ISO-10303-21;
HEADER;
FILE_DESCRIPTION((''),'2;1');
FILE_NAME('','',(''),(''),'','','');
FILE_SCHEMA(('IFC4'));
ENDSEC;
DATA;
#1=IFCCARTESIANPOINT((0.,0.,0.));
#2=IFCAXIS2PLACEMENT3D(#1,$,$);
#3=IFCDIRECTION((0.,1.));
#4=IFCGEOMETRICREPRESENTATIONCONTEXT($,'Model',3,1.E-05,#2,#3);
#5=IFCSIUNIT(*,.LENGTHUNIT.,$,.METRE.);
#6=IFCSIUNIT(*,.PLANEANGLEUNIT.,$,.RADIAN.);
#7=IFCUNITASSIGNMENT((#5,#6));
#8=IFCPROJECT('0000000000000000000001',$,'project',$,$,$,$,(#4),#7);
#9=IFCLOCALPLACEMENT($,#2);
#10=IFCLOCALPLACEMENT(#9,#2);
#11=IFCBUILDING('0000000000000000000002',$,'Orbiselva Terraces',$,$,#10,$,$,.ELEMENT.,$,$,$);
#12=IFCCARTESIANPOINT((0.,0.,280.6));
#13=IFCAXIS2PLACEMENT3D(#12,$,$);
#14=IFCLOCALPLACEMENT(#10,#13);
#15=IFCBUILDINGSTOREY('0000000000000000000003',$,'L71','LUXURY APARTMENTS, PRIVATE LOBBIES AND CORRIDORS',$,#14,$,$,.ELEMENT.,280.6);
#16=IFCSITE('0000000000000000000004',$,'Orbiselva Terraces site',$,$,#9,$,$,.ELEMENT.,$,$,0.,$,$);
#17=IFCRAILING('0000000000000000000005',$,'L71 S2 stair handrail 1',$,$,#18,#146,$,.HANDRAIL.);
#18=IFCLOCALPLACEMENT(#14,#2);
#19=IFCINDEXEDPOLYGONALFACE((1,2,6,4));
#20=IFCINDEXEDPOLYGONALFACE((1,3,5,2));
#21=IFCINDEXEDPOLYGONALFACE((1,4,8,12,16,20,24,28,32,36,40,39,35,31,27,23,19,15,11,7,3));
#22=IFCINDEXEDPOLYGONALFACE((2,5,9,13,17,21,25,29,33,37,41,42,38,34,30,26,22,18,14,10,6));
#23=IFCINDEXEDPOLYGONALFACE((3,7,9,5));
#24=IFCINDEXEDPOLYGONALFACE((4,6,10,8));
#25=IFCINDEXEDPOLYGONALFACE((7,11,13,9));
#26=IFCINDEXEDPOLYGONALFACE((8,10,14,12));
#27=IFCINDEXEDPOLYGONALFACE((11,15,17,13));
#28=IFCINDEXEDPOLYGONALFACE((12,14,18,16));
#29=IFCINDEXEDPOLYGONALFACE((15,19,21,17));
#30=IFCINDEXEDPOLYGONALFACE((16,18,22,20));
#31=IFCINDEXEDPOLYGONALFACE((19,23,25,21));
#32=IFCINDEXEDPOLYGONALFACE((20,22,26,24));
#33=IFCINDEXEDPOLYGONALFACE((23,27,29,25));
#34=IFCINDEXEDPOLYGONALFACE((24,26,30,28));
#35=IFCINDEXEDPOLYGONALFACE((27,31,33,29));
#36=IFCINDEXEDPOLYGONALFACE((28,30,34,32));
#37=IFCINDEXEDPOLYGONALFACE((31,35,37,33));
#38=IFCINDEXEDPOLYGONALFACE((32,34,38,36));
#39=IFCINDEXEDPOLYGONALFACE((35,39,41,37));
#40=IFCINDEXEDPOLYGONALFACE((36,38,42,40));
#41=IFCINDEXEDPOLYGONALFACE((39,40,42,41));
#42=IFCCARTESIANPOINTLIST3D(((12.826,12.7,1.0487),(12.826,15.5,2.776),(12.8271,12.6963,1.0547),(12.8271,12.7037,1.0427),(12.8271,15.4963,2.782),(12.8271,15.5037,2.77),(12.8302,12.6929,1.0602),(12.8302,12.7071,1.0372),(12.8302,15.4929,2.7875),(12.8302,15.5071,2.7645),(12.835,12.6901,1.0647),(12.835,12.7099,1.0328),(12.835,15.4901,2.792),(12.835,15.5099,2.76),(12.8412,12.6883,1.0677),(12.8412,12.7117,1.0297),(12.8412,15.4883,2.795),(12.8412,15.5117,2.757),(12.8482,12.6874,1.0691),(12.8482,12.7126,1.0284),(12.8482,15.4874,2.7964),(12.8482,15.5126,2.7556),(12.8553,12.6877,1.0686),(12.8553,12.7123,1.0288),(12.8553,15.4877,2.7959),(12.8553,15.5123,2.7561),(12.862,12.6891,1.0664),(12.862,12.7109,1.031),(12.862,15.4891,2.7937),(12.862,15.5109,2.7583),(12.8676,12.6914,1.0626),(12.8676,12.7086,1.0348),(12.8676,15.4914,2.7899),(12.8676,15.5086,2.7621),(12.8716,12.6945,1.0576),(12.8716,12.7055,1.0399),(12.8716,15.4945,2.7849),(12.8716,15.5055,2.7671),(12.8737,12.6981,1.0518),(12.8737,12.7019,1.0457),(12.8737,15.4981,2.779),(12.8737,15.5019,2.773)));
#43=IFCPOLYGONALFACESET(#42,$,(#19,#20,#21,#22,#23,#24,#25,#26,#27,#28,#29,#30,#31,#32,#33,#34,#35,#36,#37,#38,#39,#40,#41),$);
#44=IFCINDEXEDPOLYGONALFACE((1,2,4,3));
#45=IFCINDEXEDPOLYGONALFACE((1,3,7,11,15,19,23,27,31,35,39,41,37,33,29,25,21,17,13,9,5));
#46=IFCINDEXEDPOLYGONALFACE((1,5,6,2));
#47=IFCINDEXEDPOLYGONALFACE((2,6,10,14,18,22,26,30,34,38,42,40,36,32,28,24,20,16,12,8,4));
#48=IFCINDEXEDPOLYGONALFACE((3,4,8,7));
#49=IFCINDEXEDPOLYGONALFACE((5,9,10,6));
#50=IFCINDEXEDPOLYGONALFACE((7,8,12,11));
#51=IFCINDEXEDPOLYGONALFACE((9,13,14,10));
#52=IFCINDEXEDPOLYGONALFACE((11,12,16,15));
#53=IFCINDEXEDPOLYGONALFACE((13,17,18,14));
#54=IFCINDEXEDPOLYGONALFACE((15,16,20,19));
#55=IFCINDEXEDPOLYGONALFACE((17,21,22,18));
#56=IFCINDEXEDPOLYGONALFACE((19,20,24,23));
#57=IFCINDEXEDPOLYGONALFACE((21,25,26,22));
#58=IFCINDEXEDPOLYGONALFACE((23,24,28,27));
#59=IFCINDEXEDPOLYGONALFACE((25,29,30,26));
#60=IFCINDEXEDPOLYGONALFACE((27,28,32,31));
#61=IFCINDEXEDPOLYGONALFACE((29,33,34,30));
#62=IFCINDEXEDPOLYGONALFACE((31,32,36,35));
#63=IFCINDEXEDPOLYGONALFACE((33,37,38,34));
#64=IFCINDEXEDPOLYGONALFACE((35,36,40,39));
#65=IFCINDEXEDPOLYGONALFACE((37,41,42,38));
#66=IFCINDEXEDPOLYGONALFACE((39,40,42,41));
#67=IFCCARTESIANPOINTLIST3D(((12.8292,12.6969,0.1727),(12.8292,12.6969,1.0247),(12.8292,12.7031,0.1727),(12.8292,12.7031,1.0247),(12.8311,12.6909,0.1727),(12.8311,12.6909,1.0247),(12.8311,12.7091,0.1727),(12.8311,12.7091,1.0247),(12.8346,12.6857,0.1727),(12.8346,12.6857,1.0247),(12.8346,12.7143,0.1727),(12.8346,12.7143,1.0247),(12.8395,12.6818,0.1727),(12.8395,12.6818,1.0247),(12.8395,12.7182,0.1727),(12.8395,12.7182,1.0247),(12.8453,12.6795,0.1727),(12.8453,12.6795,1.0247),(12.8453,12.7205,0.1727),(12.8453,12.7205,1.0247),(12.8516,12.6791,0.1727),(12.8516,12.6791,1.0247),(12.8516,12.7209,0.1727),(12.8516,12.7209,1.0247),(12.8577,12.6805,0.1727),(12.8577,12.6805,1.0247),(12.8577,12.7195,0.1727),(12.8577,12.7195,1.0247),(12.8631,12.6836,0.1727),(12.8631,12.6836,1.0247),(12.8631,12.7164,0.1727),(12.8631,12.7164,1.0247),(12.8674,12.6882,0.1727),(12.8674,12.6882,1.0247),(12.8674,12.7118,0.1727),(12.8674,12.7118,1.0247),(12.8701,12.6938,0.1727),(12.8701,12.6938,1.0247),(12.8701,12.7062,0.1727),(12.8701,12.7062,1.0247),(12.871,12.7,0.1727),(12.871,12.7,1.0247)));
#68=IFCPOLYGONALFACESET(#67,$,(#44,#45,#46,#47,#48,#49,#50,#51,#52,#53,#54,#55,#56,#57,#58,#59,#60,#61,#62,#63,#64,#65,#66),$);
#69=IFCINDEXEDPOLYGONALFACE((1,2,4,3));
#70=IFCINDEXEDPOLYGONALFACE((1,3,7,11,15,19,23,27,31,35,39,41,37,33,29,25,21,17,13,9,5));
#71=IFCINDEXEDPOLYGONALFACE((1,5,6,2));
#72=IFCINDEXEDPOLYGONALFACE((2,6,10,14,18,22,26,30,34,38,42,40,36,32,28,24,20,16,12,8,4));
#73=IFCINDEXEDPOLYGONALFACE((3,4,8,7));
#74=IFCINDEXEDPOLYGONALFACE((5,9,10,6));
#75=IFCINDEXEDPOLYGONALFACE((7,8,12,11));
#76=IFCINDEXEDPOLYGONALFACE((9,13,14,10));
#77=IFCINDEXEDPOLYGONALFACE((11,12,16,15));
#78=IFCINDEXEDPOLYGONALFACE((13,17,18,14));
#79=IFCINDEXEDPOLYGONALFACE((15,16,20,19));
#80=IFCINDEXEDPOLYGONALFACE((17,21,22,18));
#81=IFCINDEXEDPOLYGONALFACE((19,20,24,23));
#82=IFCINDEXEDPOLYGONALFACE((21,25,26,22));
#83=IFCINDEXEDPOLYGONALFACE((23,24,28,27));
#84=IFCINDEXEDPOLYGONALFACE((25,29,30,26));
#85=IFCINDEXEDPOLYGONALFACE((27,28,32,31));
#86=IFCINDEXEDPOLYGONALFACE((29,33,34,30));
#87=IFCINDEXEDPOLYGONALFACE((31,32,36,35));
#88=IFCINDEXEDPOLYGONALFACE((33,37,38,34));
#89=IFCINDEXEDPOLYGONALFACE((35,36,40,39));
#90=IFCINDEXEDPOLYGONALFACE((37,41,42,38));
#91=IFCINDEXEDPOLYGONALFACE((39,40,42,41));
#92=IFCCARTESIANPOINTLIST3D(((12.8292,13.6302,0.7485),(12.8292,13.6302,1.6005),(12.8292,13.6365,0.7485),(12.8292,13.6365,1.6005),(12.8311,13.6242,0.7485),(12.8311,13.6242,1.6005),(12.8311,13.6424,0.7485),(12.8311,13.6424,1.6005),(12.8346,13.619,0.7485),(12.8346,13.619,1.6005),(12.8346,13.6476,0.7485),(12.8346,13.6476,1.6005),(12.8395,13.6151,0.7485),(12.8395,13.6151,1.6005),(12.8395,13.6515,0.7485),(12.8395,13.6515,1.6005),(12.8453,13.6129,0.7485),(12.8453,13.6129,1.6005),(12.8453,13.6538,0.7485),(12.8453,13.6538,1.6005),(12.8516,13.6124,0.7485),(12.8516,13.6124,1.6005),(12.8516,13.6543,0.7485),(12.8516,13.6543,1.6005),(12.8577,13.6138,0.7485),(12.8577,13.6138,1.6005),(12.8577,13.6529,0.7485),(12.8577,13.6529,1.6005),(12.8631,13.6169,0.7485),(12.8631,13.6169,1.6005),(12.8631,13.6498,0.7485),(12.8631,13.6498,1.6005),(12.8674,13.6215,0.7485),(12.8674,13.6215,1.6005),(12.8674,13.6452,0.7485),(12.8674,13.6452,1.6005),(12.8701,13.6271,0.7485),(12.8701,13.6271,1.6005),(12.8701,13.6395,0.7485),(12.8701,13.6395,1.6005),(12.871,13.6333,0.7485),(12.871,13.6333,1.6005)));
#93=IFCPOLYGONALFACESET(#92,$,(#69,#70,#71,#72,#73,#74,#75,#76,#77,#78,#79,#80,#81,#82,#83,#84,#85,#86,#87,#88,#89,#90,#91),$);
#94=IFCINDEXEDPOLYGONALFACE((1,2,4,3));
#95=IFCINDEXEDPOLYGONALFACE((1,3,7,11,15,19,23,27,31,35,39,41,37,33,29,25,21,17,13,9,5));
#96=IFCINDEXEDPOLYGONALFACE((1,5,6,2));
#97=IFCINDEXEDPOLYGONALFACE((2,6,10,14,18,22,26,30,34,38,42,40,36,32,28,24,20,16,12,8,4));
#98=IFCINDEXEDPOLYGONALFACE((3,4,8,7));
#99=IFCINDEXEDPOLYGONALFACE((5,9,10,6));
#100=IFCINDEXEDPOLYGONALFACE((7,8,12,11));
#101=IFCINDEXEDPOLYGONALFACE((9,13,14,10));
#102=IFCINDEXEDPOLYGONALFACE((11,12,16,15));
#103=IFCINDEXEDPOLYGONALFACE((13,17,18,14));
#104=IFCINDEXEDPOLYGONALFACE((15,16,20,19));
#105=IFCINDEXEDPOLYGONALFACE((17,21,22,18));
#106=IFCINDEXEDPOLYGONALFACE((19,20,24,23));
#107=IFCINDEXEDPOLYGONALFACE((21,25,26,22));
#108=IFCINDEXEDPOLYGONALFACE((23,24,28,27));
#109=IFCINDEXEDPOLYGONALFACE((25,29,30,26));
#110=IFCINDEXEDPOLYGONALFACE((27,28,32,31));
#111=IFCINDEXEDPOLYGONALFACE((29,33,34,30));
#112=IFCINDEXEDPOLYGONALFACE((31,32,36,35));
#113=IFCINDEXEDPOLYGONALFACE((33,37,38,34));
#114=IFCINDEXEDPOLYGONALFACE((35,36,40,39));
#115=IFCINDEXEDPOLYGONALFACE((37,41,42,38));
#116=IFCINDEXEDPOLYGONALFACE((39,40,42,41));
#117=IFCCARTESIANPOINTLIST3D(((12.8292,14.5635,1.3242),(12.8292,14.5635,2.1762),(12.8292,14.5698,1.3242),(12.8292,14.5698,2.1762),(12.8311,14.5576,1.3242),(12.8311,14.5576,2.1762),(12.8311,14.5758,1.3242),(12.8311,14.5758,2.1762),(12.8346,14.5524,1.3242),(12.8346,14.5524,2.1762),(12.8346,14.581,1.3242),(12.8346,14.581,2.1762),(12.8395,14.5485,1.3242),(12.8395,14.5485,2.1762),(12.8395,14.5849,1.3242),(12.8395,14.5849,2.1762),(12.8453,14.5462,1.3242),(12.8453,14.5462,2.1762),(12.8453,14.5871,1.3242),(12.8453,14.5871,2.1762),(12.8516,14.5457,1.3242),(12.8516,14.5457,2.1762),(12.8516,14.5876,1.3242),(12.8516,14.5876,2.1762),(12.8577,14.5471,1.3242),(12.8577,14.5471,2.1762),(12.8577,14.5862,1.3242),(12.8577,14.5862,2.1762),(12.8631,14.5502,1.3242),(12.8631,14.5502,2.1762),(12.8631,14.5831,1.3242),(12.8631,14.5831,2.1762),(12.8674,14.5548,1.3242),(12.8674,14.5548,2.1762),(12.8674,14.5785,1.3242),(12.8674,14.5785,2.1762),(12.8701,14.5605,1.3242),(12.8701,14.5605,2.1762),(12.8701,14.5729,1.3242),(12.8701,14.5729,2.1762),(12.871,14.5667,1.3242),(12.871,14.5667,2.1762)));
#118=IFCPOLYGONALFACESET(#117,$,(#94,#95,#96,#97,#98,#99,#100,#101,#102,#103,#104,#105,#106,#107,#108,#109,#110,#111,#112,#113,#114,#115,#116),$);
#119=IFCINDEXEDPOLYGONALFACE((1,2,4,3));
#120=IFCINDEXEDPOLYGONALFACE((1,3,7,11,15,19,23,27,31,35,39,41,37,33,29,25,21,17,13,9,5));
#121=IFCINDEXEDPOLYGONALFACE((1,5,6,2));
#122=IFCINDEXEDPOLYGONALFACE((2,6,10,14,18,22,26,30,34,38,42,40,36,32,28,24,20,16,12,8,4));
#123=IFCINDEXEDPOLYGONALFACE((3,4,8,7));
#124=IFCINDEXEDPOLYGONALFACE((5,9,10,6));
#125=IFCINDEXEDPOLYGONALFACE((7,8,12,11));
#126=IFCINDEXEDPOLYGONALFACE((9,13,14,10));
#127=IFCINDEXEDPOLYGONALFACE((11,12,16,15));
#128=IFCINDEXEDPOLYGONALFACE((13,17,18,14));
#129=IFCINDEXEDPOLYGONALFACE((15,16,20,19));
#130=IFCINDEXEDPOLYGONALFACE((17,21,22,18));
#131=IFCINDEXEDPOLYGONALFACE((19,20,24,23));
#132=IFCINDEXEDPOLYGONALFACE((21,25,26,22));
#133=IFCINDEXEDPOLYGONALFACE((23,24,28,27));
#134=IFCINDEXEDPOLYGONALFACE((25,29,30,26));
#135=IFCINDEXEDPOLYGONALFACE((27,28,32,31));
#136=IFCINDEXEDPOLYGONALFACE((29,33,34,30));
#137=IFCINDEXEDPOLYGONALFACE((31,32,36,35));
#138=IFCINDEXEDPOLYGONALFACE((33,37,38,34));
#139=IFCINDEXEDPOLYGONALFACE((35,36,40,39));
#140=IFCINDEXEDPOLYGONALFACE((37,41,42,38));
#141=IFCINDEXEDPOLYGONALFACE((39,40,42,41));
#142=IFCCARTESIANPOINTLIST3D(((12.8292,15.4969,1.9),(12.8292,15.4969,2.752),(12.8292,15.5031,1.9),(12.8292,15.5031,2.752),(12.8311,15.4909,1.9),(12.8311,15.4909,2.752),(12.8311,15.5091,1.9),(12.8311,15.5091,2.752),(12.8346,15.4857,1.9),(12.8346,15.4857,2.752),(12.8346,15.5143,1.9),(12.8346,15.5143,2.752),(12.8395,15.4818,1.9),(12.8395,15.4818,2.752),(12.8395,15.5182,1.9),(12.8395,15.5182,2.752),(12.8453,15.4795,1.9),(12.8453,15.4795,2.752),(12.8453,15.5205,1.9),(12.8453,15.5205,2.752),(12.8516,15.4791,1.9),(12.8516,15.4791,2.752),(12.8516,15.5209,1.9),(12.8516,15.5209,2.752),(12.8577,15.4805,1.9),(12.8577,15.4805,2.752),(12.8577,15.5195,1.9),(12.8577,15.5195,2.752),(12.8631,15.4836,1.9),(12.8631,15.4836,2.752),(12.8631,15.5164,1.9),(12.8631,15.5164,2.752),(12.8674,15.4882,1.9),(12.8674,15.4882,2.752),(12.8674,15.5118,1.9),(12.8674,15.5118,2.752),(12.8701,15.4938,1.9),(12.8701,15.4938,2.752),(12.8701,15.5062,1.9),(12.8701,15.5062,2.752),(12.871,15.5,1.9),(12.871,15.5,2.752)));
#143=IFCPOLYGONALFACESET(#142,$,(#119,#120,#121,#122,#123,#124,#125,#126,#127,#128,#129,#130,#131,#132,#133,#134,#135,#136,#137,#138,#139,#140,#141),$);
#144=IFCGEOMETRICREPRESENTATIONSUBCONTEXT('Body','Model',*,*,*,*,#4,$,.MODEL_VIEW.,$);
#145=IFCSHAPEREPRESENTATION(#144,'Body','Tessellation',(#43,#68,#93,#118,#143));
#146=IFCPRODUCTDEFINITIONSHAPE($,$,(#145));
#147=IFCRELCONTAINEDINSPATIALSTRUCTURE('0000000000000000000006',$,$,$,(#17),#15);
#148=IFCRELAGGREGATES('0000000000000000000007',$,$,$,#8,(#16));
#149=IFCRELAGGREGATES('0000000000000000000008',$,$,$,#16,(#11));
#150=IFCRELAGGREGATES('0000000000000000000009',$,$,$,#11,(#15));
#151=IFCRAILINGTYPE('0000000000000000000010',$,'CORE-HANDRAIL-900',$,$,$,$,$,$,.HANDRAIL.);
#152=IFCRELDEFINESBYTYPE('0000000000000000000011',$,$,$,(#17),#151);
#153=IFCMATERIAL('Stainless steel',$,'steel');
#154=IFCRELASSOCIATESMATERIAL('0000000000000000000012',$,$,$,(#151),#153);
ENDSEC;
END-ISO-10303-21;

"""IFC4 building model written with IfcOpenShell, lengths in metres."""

from ifc_helpers import new_model, si_unit, direction, frame, origin, origin_2d, place, context, subcontext, project, spatial, circle, extrude, material, type_object, element, save


model = new_model("IFC4")

# Units and contexts
model_context = context("Model", 3, precision=1e-05, world=origin(), true_north=direction((0.0, 1.0)))
body_context = subcontext(model_context, "Body", "Model", "MODEL_VIEW")
ifc_project = project(units=[si_unit("LENGTHUNIT", "METRE"), si_unit("PLANEANGLEUNIT", "RADIAN")], contexts=[model_context])

# Site, building, storey
site_placement = place(None, origin())
site = spatial("IfcSite", under=ifc_project, at=site_placement, Name="Orbiselva Terraces site", CompositionType="ELEMENT", RefElevation=0.0)
building_placement = place(site_placement, origin())
building = spatial("IfcBuilding", under=site, at=building_placement, Name="Orbiselva Terraces", CompositionType="ELEMENT")
storey_placement = place(building_placement, frame((0.0, 0.0, 280.6)))
storey = spatial("IfcBuildingStorey", under=building, at=storey_placement, Name="L71", Description="LUXURY APARTMENTS, PRIVATE LOBBIES AND CORRIDORS", CompositionType="ELEMENT", Elevation=280.6)

# Railing
ifc_material_1 = material(Name="Stainless steel", Category="steel")
railing_type = type_object("IfcRailingType", Name="CORE-HANDRAIL-900", PredefinedType="HANDRAIL", material=ifc_material_1)
railing_1_placement = place(storey_placement, frame((12.85, 12.7, 0.1727)))
element("IfcRailing", 1, at=railing_1_placement, inside=storey, type_object=railing_type, Name="L71 S2 stair handrail 1", PredefinedType="HANDRAIL", context=body_context, shape_type="SweptSolid", body=[
    extrude(circle(Radius=0.024, at=origin_2d()), frame((0.0, 0.0, 0.876), z_axis=(0.0, 0.851089, 0.525022), x_axis=(-1.0, 0.0, 0.0)), (0.0, 0.0, 1.0), 3.2899),
    extrude(circle(Radius=0.021, at=origin_2d()), origin(), (0.0, 0.0, 1.0), 0.852),
    extrude(circle(Radius=0.021, at=origin_2d()), frame((0.0, 0.9333, 0.5758)), (0.0, 0.0, 1.0), 0.852),
    extrude(circle(Radius=0.021, at=origin_2d()), frame((0.0, 1.8667, 1.1515)), (0.0, 0.0, 1.0), 0.852),
    extrude(circle(Radius=0.021, at=origin_2d()), frame((0.0, 2.8, 1.7273)), (0.0, 0.0, 1.0), 0.852),
])

save(model, "model.ifc")
